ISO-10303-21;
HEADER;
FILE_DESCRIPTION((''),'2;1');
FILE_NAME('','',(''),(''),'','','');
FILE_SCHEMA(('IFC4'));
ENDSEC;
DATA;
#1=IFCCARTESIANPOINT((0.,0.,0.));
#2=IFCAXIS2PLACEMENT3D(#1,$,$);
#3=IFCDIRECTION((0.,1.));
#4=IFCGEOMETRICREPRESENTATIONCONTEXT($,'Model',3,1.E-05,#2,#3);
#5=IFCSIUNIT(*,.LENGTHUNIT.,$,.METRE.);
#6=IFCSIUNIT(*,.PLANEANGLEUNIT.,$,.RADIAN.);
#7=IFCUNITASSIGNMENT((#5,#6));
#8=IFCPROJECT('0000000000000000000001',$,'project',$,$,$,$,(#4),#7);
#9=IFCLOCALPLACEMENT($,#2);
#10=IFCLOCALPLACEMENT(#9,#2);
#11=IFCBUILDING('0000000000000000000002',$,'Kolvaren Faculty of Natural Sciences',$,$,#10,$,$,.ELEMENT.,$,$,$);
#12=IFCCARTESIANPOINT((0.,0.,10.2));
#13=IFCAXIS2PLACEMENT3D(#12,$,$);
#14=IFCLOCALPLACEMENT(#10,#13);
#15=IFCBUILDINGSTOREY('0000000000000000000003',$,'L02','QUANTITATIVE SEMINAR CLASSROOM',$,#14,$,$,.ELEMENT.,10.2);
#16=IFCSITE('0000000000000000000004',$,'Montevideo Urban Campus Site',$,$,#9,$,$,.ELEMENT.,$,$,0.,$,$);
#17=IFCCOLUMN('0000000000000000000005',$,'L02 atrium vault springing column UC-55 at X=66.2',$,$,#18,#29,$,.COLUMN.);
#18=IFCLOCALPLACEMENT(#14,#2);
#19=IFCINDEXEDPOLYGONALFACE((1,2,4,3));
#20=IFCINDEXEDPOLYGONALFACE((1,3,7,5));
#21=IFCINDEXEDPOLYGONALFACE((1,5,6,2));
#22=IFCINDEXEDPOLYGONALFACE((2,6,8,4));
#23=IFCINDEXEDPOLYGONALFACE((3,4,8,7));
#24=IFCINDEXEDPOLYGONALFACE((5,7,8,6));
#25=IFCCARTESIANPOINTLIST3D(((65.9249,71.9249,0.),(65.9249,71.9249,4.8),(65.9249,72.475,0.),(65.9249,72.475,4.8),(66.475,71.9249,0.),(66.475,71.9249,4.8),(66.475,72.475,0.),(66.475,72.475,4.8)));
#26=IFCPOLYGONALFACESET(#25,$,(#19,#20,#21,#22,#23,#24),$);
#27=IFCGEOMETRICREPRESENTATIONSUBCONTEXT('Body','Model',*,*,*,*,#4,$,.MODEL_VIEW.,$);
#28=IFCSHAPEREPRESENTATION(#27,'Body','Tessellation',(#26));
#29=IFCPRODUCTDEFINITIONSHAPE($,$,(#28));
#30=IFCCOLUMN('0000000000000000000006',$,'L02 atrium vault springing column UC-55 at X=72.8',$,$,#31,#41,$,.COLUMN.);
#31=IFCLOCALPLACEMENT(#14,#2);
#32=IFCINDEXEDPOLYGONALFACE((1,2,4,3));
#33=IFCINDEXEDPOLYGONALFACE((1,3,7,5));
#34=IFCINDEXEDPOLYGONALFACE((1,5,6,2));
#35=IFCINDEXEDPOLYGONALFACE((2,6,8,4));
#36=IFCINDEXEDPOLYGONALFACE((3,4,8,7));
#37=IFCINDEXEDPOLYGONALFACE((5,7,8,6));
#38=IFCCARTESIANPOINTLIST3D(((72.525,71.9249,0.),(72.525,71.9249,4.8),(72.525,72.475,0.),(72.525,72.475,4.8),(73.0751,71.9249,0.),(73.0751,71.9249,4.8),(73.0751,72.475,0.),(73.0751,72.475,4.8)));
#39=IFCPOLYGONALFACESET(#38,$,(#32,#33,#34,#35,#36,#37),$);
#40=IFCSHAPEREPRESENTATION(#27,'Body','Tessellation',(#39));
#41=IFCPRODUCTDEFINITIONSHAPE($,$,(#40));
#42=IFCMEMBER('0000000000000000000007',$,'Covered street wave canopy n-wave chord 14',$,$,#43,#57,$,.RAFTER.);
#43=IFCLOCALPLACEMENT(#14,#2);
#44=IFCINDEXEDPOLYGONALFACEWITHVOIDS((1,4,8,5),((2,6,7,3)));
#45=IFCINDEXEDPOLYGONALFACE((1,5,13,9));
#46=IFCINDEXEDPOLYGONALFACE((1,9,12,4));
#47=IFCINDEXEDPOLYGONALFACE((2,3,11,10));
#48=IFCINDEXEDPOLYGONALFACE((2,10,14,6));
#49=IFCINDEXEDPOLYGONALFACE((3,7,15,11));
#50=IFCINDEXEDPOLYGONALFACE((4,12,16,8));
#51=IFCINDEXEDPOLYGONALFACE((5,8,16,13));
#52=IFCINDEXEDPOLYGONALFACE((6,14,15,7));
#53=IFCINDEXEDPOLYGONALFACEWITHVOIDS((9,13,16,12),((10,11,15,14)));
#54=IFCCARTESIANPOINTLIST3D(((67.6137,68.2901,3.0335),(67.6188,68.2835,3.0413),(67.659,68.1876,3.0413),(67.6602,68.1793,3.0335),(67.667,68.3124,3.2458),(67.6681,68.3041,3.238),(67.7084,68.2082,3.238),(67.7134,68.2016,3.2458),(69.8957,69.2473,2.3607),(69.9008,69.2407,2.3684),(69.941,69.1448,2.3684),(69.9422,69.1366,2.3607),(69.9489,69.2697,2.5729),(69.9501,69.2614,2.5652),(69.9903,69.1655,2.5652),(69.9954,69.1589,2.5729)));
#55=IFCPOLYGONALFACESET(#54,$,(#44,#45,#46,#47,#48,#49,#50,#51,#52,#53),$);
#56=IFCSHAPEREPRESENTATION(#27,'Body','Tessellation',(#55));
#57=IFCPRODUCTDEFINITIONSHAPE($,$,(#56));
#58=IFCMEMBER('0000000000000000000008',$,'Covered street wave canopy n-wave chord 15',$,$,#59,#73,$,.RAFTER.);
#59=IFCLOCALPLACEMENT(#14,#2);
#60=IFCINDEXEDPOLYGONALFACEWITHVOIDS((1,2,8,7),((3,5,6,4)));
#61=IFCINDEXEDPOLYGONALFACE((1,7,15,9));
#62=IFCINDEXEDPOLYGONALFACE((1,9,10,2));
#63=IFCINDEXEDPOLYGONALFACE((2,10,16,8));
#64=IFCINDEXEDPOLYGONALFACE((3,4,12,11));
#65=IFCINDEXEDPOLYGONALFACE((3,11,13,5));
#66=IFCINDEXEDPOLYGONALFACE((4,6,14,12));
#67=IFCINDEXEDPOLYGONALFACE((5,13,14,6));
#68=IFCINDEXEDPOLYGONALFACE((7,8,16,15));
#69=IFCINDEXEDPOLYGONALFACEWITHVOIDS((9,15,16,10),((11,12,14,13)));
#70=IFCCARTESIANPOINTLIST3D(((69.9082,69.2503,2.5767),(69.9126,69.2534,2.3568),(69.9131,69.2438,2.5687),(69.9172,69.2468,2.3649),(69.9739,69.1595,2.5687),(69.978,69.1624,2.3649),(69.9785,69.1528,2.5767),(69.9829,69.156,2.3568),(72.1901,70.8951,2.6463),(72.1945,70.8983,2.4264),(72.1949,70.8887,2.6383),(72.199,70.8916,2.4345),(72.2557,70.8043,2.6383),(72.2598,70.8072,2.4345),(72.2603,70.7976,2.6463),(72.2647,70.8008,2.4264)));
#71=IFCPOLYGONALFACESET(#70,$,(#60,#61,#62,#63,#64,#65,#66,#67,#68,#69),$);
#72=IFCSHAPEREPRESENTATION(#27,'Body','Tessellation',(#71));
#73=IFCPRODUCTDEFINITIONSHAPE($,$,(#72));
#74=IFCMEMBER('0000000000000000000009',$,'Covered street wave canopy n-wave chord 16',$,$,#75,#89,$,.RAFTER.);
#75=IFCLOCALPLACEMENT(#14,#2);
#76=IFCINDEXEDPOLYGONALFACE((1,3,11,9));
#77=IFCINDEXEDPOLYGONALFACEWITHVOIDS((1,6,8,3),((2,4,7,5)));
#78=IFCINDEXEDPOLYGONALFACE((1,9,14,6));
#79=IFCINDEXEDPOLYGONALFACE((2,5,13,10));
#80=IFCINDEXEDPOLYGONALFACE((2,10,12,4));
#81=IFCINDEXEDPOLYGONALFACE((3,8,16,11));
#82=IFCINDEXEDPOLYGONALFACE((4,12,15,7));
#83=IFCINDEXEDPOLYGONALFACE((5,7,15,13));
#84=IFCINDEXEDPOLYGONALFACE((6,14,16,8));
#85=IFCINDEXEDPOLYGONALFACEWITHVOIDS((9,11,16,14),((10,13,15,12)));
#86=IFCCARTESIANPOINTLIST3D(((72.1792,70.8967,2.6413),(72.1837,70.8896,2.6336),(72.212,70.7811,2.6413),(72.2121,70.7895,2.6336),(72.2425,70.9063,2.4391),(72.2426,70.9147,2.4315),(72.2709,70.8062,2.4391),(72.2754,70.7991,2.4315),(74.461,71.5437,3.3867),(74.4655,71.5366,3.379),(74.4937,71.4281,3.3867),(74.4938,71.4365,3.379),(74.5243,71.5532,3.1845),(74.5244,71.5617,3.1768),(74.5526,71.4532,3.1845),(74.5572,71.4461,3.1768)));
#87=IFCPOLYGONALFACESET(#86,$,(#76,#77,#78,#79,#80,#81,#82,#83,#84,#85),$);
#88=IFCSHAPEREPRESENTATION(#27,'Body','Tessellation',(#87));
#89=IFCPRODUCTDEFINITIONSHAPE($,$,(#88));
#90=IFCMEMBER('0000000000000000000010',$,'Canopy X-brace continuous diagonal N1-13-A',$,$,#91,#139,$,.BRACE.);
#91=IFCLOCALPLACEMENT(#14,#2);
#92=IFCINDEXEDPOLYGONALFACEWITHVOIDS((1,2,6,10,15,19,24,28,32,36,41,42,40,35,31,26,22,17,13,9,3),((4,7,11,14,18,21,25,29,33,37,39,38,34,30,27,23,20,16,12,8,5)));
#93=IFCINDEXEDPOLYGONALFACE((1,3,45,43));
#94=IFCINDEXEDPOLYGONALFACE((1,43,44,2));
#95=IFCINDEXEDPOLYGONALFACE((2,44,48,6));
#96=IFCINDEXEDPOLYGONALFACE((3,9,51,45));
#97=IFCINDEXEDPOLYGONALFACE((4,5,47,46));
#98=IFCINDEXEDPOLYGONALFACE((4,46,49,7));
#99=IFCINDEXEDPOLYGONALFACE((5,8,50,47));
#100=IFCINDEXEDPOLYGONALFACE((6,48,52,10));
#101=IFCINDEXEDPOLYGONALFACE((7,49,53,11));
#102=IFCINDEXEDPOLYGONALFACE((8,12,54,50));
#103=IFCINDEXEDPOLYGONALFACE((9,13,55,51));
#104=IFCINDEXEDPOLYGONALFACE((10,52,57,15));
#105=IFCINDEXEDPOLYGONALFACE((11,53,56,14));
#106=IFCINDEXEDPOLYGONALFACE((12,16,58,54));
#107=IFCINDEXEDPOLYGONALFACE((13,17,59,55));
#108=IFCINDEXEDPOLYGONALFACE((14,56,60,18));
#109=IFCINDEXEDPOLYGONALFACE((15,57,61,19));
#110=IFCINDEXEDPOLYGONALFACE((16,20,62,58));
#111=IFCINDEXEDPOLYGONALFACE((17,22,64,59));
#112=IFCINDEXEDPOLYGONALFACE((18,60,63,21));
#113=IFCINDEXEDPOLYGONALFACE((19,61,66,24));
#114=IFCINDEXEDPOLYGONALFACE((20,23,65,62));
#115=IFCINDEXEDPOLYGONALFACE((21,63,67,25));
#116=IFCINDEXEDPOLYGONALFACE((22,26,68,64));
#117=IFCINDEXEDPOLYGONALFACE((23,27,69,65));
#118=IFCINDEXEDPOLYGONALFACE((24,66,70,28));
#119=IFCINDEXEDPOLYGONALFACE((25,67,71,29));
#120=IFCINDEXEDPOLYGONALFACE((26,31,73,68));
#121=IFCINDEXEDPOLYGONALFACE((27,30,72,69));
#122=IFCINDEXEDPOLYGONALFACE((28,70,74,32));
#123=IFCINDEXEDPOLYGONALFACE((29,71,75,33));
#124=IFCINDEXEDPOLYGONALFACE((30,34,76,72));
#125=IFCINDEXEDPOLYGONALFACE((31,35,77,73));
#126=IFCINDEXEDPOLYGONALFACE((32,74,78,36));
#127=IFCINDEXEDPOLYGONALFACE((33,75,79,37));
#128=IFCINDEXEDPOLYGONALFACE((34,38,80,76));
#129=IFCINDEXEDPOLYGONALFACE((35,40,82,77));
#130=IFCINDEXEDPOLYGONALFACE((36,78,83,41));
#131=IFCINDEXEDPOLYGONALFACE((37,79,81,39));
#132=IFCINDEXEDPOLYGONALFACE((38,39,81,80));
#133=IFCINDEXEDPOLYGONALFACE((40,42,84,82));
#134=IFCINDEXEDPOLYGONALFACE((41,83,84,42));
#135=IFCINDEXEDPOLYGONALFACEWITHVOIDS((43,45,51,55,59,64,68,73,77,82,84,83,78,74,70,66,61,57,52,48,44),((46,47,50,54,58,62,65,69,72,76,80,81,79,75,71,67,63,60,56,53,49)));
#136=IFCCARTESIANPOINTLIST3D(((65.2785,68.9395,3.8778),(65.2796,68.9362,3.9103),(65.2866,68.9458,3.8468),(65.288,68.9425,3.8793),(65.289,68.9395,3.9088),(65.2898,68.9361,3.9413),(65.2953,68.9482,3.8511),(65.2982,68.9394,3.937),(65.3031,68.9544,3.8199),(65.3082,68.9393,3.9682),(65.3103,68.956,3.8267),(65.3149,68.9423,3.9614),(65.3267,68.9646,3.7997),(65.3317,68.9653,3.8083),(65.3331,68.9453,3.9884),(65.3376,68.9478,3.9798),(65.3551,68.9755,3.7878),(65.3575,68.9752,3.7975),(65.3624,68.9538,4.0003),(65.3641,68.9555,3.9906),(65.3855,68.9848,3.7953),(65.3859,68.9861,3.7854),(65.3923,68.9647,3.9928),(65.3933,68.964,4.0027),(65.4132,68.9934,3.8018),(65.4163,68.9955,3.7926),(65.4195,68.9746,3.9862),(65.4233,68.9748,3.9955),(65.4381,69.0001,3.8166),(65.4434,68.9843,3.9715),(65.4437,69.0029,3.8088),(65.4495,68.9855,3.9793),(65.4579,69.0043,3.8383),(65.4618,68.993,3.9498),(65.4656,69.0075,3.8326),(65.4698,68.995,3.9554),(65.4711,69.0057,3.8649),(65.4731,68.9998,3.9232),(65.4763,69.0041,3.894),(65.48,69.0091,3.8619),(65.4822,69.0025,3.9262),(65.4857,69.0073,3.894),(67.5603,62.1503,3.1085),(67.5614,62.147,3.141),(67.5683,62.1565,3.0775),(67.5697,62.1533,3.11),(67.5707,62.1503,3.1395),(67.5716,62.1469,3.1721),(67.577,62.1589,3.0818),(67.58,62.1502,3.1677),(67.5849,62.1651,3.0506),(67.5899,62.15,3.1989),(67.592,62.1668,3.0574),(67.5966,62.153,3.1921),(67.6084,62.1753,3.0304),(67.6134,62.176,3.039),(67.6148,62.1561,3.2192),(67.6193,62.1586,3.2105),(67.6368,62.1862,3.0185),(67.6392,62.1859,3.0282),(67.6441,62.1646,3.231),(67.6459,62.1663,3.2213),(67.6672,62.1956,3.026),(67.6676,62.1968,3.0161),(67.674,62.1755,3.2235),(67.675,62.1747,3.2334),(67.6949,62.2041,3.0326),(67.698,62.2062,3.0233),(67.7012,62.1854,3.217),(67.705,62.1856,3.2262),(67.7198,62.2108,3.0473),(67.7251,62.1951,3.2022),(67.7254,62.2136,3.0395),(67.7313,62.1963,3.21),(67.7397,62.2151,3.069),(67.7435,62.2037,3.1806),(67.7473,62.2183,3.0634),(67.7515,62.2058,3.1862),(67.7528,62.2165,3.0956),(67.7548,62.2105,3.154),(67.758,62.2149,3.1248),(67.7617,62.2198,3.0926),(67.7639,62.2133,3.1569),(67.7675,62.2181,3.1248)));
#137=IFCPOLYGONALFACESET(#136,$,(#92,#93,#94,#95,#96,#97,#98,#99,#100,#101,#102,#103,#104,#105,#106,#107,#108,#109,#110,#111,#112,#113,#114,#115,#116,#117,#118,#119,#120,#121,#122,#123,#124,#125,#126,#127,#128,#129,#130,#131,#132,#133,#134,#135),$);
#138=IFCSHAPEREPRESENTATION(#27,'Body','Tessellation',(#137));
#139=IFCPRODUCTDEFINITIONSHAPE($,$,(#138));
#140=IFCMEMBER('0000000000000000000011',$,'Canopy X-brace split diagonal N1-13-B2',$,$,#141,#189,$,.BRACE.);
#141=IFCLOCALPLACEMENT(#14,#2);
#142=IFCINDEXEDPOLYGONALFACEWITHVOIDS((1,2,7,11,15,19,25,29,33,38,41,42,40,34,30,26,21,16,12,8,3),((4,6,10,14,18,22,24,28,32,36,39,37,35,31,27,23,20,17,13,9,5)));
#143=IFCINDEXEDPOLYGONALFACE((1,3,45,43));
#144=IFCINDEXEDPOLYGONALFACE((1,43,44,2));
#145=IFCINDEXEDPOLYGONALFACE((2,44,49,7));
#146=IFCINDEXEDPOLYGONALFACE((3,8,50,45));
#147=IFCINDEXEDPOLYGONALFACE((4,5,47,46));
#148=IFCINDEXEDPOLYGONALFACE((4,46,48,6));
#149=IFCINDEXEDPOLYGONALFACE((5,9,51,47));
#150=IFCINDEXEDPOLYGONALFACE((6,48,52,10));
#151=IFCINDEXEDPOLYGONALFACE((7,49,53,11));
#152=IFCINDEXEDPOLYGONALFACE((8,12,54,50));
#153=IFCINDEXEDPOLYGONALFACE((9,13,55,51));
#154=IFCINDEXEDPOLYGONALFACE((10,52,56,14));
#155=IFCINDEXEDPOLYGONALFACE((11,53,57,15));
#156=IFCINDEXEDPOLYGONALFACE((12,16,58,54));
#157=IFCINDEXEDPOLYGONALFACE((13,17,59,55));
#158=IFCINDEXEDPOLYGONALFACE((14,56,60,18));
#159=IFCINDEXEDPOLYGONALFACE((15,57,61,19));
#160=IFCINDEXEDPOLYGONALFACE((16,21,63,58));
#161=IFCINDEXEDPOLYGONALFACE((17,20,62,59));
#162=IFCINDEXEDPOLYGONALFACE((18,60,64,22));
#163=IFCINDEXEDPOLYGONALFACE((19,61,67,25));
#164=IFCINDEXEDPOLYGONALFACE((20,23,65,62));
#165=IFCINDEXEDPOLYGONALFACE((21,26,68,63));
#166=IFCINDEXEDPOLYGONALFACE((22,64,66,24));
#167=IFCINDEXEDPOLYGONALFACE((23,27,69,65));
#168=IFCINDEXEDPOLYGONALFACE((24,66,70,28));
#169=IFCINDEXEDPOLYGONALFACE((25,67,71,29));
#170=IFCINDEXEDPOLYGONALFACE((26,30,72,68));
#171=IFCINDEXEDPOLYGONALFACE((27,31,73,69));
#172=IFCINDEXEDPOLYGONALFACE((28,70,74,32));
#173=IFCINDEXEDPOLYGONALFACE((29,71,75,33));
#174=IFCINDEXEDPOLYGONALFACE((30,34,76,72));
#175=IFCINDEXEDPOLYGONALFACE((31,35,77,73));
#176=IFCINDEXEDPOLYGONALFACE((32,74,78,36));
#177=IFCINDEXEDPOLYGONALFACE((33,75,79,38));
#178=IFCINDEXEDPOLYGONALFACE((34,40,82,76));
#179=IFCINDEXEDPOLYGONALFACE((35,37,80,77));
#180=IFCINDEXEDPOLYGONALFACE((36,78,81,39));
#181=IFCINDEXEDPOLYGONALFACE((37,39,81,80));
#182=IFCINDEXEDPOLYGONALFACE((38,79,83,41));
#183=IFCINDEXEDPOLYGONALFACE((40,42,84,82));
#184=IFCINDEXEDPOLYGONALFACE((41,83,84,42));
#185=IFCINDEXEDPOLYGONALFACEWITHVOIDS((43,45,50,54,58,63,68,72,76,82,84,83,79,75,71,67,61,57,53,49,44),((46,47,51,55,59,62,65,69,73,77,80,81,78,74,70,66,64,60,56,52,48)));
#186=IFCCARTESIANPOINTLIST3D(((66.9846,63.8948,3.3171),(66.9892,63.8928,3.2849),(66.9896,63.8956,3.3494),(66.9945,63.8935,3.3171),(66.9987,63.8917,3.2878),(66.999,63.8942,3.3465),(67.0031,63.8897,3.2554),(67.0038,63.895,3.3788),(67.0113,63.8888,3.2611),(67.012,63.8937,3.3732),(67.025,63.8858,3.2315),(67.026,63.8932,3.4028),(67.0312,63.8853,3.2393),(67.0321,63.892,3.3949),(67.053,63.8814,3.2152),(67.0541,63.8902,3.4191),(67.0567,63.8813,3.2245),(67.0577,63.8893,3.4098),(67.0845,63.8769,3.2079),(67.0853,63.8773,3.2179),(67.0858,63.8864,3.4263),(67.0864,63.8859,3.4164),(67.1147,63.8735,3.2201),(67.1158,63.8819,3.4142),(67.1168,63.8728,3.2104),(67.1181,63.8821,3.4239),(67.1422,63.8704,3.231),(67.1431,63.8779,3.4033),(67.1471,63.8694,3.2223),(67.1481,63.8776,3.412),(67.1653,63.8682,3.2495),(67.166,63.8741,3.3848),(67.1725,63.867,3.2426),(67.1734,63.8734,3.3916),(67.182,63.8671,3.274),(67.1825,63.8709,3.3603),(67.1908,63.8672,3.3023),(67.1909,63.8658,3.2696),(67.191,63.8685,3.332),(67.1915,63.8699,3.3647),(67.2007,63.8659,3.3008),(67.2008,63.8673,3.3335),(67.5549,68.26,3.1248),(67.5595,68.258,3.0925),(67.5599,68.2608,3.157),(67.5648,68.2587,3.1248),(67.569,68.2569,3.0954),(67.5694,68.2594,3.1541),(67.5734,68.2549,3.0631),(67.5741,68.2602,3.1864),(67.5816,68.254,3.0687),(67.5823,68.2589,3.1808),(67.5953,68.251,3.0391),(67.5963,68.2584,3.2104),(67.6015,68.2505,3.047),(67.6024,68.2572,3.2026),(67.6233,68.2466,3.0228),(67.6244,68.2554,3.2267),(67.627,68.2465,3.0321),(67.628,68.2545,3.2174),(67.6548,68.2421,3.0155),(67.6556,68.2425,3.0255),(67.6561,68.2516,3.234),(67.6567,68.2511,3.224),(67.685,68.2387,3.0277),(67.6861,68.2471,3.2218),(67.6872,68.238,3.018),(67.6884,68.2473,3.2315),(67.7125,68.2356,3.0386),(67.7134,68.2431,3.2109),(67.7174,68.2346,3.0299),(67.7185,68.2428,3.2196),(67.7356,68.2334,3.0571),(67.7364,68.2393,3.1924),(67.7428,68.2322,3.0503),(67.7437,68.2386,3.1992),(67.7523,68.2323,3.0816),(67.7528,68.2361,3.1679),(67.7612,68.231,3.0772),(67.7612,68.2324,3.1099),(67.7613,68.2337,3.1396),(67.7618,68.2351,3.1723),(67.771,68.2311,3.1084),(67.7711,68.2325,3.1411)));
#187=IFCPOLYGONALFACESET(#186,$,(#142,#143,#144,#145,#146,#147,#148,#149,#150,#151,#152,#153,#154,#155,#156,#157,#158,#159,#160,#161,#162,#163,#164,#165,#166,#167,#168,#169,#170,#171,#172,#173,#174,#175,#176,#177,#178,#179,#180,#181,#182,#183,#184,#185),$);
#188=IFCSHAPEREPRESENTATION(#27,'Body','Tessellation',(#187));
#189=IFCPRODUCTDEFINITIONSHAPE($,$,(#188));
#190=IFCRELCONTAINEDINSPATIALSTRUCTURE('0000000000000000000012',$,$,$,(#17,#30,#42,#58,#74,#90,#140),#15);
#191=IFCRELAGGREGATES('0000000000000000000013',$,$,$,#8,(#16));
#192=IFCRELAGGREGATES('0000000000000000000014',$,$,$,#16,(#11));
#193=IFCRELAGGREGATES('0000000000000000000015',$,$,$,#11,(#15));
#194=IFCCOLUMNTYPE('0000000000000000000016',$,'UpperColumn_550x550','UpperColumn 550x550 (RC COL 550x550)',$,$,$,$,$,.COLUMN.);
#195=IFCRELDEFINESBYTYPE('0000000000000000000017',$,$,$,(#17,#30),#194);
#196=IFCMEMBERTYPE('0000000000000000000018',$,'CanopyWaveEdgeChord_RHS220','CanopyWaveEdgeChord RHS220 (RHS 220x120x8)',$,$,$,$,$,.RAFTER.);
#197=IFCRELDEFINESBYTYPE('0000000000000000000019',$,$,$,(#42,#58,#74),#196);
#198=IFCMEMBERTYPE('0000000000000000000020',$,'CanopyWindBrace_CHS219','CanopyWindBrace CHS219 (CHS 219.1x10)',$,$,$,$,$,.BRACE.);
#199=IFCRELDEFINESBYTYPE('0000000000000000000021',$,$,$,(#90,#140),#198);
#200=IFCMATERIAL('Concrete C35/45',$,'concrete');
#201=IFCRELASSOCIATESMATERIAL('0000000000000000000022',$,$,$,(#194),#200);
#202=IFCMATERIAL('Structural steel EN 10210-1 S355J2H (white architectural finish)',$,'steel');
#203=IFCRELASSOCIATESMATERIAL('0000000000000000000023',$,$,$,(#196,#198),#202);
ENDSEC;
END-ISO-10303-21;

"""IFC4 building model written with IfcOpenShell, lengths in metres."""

from ifc_helpers import new_model, si_unit, direction, frame, origin, origin_2d, place, context, subcontext, project, spatial, rectangle, hollow_rectangle, hollow_circle, extrude, material, material_profile, profile_set, type_object, element, save


model = new_model("IFC4")

# Units and contexts
model_context = context("Model", 3, precision=1e-05, world=origin(), true_north=direction((0.0, 1.0)))
body_context = subcontext(model_context, "Body", "Model", "MODEL_VIEW")
ifc_project = project(units=[si_unit("LENGTHUNIT", "METRE"), si_unit("PLANEANGLEUNIT", "RADIAN")], contexts=[model_context])

# Site, building, storey
site_placement = place(None, origin())
site = spatial("IfcSite", under=ifc_project, at=site_placement, Name="Montevideo Urban Campus Site", CompositionType="ELEMENT", RefElevation=0.0)
building_placement = place(site_placement, origin())
building = spatial("IfcBuilding", under=site, at=building_placement, Name="Kolvaren Faculty of Natural Sciences", CompositionType="ELEMENT")
storey_placement = place(building_placement, frame((0.0, 0.0, 10.2)))
storey = spatial("IfcBuildingStorey", under=building, at=storey_placement, Name="L02", Description="QUANTITATIVE SEMINAR CLASSROOM", CompositionType="ELEMENT", Elevation=10.2)

# Columns
ifc_material_1 = material(Name="Concrete C35/45", Category="concrete")
ifc_material_profile_1 = material_profile(ifc_material_1, rectangle(XDim=0.55, YDim=0.55, at=origin_2d()), Name="RC COL 550x550")
ifc_profile_set_1 = profile_set([ifc_material_profile_1], Name="Concrete C35/45")
column_type = type_object("IfcColumnType", Name="UpperColumn_550x550", Description="UpperColumn 550x550 (RC COL 550x550)", PredefinedType="COLUMN", material=ifc_profile_set_1)
for number, where, z_axis, x_axis, name in (
    (1, (66.2, 72.2, 0.0), (0.0, 0.0, 1.0), (1.0, 0.0, 0.0), "L02 atrium vault springing column UC-55 at X=66.2"),
    (2, (72.8, 72.2, 0.0), (0.0, 0.0, 1.0), (1.0, 0.0, 0.0), "L02 atrium vault springing column UC-55 at X=72.8"),
):
    element("IfcColumn", number, at=place(storey_placement, frame(where, z_axis=z_axis, x_axis=x_axis)), inside=storey, type_object=column_type, Name=name, PredefinedType="COLUMN", context=body_context, shape_type="SweptSolid", body=[
        extrude(rectangle(XDim=0.55, YDim=0.55, at=origin_2d()), origin(), (0.0, 0.0, 1.0), 4.8),
    ])

# Members
ifc_material_2 = material(Name="Structural steel EN 10210-1 S355J2H (white architectural finish)", Category="steel")
ifc_material_profile_2 = material_profile(ifc_material_2, hollow_rectangle(XDim=0.1201, YDim=0.22, WallThickness=0.0081, at=origin_2d()), Name="RHS 220x120x8")
ifc_profile_set_2 = profile_set([ifc_material_profile_2], Name="Structural steel EN 10210-1 S355J2H (white architectural finish)")
member_type_1 = type_object("IfcMemberType", Name="CanopyWaveEdgeChord_RHS220", Description="CanopyWaveEdgeChord RHS220 (RHS 220x120x8)", PredefinedType="RAFTER", material=ifc_profile_set_2)
member_1_placement = place(storey_placement, frame((67.6636, 68.2458, 3.1396), z_axis=(0.889843, 0.373283, -0.262374), x_axis=(-0.386835, 0.922149, 0.0)))
element("IfcMember", 3, at=member_1_placement, inside=storey, type_object=member_type_1, Name="Covered street wave canopy n-wave chord 14", PredefinedType="RAFTER", context=body_context, shape_type="SweptSolid", body=[
    extrude(hollow_rectangle(XDim=0.1201, YDim=0.22, WallThickness=0.0081, at=origin_2d()), origin(), (0.0, 0.0, 1.0), 2.5645),
])
member_2_placement = place(storey_placement, frame((69.9456, 69.2031, 2.4668), z_axis=(0.810962, 0.584576, 0.02473), x_axis=(-0.584755, 0.81121, 0.0)))
element("IfcMember", 4, at=member_2_placement, inside=storey, type_object=member_type_1, Name="Covered street wave canopy n-wave chord 15", PredefinedType="RAFTER", context=body_context, shape_type="SweptSolid", body=[
    extrude(hollow_rectangle(XDim=0.1201, YDim=0.22, WallThickness=0.0081, at=origin_2d()), origin(), (0.0, 0.0, 1.0), 2.8137),
])
member_3_placement = place(storey_placement, frame((72.2273, 70.8479, 2.5364), z_axis=(0.917815, 0.260241, 0.299817), x_axis=(-0.27279, 0.962074, 0.0)))
element("IfcMember", 5, at=member_3_placement, inside=storey, type_object=member_type_1, Name="Covered street wave canopy n-wave chord 16", PredefinedType="RAFTER", context=body_context, shape_type="SweptSolid", body=[
    extrude(hollow_rectangle(XDim=0.1201, YDim=0.22, WallThickness=0.0081, at=origin_2d()), origin(), (0.0, 0.0, 1.0), 2.4861),
])
ifc_material_profile_3 = material_profile(ifc_material_2, hollow_circle(Radius=0.1096, WallThickness=0.01, at=origin_2d()), Name="CHS 219.1x10")
ifc_profile_set_3 = profile_set([ifc_material_profile_3], Name="Structural steel EN 10210-1 S355J2H (white architectural finish)")
member_type_2 = type_object("IfcMemberType", Name="CanopyWindBrace_CHS219", Description="CanopyWindBrace CHS219 (CHS 219.1x10)", PredefinedType="BRACE", material=ifc_profile_set_3)
member_4_placement = place(storey_placement, frame((65.3818, 68.9724, 3.894), z_axis=(0.316747, -0.942479, -0.106791), x_axis=(0.9479, 0.318569, 0.0)))
element("IfcMember", 6, at=member_4_placement, inside=storey, type_object=member_type_2, Name="Canopy X-brace continuous diagonal N1-13-A", PredefinedType="BRACE", context=body_context, shape_type="SweptSolid", body=[
    extrude(hollow_circle(Radius=0.1096, WallThickness=0.01, at=origin_2d()), origin(), (0.0, 0.0, 1.0), 7.2036),
])
member_5_placement = place(storey_placement, frame((67.0933, 63.8806, 3.3171), z_axis=(0.129424, 0.990628, -0.043659), x_axis=(-0.991573, 0.129548, 0.0)))
element("IfcMember", 7, at=member_5_placement, inside=storey, type_object=member_type_2, Name="Canopy X-brace split diagonal N1-13-B2", PredefinedType="BRACE", context=body_context, shape_type="SweptSolid", body=[
    extrude(hollow_circle(Radius=0.1096, WallThickness=0.01, at=origin_2d()), origin(), (0.0, 0.0, 1.0), 4.4065),
])

save(model, "model.ifc")
